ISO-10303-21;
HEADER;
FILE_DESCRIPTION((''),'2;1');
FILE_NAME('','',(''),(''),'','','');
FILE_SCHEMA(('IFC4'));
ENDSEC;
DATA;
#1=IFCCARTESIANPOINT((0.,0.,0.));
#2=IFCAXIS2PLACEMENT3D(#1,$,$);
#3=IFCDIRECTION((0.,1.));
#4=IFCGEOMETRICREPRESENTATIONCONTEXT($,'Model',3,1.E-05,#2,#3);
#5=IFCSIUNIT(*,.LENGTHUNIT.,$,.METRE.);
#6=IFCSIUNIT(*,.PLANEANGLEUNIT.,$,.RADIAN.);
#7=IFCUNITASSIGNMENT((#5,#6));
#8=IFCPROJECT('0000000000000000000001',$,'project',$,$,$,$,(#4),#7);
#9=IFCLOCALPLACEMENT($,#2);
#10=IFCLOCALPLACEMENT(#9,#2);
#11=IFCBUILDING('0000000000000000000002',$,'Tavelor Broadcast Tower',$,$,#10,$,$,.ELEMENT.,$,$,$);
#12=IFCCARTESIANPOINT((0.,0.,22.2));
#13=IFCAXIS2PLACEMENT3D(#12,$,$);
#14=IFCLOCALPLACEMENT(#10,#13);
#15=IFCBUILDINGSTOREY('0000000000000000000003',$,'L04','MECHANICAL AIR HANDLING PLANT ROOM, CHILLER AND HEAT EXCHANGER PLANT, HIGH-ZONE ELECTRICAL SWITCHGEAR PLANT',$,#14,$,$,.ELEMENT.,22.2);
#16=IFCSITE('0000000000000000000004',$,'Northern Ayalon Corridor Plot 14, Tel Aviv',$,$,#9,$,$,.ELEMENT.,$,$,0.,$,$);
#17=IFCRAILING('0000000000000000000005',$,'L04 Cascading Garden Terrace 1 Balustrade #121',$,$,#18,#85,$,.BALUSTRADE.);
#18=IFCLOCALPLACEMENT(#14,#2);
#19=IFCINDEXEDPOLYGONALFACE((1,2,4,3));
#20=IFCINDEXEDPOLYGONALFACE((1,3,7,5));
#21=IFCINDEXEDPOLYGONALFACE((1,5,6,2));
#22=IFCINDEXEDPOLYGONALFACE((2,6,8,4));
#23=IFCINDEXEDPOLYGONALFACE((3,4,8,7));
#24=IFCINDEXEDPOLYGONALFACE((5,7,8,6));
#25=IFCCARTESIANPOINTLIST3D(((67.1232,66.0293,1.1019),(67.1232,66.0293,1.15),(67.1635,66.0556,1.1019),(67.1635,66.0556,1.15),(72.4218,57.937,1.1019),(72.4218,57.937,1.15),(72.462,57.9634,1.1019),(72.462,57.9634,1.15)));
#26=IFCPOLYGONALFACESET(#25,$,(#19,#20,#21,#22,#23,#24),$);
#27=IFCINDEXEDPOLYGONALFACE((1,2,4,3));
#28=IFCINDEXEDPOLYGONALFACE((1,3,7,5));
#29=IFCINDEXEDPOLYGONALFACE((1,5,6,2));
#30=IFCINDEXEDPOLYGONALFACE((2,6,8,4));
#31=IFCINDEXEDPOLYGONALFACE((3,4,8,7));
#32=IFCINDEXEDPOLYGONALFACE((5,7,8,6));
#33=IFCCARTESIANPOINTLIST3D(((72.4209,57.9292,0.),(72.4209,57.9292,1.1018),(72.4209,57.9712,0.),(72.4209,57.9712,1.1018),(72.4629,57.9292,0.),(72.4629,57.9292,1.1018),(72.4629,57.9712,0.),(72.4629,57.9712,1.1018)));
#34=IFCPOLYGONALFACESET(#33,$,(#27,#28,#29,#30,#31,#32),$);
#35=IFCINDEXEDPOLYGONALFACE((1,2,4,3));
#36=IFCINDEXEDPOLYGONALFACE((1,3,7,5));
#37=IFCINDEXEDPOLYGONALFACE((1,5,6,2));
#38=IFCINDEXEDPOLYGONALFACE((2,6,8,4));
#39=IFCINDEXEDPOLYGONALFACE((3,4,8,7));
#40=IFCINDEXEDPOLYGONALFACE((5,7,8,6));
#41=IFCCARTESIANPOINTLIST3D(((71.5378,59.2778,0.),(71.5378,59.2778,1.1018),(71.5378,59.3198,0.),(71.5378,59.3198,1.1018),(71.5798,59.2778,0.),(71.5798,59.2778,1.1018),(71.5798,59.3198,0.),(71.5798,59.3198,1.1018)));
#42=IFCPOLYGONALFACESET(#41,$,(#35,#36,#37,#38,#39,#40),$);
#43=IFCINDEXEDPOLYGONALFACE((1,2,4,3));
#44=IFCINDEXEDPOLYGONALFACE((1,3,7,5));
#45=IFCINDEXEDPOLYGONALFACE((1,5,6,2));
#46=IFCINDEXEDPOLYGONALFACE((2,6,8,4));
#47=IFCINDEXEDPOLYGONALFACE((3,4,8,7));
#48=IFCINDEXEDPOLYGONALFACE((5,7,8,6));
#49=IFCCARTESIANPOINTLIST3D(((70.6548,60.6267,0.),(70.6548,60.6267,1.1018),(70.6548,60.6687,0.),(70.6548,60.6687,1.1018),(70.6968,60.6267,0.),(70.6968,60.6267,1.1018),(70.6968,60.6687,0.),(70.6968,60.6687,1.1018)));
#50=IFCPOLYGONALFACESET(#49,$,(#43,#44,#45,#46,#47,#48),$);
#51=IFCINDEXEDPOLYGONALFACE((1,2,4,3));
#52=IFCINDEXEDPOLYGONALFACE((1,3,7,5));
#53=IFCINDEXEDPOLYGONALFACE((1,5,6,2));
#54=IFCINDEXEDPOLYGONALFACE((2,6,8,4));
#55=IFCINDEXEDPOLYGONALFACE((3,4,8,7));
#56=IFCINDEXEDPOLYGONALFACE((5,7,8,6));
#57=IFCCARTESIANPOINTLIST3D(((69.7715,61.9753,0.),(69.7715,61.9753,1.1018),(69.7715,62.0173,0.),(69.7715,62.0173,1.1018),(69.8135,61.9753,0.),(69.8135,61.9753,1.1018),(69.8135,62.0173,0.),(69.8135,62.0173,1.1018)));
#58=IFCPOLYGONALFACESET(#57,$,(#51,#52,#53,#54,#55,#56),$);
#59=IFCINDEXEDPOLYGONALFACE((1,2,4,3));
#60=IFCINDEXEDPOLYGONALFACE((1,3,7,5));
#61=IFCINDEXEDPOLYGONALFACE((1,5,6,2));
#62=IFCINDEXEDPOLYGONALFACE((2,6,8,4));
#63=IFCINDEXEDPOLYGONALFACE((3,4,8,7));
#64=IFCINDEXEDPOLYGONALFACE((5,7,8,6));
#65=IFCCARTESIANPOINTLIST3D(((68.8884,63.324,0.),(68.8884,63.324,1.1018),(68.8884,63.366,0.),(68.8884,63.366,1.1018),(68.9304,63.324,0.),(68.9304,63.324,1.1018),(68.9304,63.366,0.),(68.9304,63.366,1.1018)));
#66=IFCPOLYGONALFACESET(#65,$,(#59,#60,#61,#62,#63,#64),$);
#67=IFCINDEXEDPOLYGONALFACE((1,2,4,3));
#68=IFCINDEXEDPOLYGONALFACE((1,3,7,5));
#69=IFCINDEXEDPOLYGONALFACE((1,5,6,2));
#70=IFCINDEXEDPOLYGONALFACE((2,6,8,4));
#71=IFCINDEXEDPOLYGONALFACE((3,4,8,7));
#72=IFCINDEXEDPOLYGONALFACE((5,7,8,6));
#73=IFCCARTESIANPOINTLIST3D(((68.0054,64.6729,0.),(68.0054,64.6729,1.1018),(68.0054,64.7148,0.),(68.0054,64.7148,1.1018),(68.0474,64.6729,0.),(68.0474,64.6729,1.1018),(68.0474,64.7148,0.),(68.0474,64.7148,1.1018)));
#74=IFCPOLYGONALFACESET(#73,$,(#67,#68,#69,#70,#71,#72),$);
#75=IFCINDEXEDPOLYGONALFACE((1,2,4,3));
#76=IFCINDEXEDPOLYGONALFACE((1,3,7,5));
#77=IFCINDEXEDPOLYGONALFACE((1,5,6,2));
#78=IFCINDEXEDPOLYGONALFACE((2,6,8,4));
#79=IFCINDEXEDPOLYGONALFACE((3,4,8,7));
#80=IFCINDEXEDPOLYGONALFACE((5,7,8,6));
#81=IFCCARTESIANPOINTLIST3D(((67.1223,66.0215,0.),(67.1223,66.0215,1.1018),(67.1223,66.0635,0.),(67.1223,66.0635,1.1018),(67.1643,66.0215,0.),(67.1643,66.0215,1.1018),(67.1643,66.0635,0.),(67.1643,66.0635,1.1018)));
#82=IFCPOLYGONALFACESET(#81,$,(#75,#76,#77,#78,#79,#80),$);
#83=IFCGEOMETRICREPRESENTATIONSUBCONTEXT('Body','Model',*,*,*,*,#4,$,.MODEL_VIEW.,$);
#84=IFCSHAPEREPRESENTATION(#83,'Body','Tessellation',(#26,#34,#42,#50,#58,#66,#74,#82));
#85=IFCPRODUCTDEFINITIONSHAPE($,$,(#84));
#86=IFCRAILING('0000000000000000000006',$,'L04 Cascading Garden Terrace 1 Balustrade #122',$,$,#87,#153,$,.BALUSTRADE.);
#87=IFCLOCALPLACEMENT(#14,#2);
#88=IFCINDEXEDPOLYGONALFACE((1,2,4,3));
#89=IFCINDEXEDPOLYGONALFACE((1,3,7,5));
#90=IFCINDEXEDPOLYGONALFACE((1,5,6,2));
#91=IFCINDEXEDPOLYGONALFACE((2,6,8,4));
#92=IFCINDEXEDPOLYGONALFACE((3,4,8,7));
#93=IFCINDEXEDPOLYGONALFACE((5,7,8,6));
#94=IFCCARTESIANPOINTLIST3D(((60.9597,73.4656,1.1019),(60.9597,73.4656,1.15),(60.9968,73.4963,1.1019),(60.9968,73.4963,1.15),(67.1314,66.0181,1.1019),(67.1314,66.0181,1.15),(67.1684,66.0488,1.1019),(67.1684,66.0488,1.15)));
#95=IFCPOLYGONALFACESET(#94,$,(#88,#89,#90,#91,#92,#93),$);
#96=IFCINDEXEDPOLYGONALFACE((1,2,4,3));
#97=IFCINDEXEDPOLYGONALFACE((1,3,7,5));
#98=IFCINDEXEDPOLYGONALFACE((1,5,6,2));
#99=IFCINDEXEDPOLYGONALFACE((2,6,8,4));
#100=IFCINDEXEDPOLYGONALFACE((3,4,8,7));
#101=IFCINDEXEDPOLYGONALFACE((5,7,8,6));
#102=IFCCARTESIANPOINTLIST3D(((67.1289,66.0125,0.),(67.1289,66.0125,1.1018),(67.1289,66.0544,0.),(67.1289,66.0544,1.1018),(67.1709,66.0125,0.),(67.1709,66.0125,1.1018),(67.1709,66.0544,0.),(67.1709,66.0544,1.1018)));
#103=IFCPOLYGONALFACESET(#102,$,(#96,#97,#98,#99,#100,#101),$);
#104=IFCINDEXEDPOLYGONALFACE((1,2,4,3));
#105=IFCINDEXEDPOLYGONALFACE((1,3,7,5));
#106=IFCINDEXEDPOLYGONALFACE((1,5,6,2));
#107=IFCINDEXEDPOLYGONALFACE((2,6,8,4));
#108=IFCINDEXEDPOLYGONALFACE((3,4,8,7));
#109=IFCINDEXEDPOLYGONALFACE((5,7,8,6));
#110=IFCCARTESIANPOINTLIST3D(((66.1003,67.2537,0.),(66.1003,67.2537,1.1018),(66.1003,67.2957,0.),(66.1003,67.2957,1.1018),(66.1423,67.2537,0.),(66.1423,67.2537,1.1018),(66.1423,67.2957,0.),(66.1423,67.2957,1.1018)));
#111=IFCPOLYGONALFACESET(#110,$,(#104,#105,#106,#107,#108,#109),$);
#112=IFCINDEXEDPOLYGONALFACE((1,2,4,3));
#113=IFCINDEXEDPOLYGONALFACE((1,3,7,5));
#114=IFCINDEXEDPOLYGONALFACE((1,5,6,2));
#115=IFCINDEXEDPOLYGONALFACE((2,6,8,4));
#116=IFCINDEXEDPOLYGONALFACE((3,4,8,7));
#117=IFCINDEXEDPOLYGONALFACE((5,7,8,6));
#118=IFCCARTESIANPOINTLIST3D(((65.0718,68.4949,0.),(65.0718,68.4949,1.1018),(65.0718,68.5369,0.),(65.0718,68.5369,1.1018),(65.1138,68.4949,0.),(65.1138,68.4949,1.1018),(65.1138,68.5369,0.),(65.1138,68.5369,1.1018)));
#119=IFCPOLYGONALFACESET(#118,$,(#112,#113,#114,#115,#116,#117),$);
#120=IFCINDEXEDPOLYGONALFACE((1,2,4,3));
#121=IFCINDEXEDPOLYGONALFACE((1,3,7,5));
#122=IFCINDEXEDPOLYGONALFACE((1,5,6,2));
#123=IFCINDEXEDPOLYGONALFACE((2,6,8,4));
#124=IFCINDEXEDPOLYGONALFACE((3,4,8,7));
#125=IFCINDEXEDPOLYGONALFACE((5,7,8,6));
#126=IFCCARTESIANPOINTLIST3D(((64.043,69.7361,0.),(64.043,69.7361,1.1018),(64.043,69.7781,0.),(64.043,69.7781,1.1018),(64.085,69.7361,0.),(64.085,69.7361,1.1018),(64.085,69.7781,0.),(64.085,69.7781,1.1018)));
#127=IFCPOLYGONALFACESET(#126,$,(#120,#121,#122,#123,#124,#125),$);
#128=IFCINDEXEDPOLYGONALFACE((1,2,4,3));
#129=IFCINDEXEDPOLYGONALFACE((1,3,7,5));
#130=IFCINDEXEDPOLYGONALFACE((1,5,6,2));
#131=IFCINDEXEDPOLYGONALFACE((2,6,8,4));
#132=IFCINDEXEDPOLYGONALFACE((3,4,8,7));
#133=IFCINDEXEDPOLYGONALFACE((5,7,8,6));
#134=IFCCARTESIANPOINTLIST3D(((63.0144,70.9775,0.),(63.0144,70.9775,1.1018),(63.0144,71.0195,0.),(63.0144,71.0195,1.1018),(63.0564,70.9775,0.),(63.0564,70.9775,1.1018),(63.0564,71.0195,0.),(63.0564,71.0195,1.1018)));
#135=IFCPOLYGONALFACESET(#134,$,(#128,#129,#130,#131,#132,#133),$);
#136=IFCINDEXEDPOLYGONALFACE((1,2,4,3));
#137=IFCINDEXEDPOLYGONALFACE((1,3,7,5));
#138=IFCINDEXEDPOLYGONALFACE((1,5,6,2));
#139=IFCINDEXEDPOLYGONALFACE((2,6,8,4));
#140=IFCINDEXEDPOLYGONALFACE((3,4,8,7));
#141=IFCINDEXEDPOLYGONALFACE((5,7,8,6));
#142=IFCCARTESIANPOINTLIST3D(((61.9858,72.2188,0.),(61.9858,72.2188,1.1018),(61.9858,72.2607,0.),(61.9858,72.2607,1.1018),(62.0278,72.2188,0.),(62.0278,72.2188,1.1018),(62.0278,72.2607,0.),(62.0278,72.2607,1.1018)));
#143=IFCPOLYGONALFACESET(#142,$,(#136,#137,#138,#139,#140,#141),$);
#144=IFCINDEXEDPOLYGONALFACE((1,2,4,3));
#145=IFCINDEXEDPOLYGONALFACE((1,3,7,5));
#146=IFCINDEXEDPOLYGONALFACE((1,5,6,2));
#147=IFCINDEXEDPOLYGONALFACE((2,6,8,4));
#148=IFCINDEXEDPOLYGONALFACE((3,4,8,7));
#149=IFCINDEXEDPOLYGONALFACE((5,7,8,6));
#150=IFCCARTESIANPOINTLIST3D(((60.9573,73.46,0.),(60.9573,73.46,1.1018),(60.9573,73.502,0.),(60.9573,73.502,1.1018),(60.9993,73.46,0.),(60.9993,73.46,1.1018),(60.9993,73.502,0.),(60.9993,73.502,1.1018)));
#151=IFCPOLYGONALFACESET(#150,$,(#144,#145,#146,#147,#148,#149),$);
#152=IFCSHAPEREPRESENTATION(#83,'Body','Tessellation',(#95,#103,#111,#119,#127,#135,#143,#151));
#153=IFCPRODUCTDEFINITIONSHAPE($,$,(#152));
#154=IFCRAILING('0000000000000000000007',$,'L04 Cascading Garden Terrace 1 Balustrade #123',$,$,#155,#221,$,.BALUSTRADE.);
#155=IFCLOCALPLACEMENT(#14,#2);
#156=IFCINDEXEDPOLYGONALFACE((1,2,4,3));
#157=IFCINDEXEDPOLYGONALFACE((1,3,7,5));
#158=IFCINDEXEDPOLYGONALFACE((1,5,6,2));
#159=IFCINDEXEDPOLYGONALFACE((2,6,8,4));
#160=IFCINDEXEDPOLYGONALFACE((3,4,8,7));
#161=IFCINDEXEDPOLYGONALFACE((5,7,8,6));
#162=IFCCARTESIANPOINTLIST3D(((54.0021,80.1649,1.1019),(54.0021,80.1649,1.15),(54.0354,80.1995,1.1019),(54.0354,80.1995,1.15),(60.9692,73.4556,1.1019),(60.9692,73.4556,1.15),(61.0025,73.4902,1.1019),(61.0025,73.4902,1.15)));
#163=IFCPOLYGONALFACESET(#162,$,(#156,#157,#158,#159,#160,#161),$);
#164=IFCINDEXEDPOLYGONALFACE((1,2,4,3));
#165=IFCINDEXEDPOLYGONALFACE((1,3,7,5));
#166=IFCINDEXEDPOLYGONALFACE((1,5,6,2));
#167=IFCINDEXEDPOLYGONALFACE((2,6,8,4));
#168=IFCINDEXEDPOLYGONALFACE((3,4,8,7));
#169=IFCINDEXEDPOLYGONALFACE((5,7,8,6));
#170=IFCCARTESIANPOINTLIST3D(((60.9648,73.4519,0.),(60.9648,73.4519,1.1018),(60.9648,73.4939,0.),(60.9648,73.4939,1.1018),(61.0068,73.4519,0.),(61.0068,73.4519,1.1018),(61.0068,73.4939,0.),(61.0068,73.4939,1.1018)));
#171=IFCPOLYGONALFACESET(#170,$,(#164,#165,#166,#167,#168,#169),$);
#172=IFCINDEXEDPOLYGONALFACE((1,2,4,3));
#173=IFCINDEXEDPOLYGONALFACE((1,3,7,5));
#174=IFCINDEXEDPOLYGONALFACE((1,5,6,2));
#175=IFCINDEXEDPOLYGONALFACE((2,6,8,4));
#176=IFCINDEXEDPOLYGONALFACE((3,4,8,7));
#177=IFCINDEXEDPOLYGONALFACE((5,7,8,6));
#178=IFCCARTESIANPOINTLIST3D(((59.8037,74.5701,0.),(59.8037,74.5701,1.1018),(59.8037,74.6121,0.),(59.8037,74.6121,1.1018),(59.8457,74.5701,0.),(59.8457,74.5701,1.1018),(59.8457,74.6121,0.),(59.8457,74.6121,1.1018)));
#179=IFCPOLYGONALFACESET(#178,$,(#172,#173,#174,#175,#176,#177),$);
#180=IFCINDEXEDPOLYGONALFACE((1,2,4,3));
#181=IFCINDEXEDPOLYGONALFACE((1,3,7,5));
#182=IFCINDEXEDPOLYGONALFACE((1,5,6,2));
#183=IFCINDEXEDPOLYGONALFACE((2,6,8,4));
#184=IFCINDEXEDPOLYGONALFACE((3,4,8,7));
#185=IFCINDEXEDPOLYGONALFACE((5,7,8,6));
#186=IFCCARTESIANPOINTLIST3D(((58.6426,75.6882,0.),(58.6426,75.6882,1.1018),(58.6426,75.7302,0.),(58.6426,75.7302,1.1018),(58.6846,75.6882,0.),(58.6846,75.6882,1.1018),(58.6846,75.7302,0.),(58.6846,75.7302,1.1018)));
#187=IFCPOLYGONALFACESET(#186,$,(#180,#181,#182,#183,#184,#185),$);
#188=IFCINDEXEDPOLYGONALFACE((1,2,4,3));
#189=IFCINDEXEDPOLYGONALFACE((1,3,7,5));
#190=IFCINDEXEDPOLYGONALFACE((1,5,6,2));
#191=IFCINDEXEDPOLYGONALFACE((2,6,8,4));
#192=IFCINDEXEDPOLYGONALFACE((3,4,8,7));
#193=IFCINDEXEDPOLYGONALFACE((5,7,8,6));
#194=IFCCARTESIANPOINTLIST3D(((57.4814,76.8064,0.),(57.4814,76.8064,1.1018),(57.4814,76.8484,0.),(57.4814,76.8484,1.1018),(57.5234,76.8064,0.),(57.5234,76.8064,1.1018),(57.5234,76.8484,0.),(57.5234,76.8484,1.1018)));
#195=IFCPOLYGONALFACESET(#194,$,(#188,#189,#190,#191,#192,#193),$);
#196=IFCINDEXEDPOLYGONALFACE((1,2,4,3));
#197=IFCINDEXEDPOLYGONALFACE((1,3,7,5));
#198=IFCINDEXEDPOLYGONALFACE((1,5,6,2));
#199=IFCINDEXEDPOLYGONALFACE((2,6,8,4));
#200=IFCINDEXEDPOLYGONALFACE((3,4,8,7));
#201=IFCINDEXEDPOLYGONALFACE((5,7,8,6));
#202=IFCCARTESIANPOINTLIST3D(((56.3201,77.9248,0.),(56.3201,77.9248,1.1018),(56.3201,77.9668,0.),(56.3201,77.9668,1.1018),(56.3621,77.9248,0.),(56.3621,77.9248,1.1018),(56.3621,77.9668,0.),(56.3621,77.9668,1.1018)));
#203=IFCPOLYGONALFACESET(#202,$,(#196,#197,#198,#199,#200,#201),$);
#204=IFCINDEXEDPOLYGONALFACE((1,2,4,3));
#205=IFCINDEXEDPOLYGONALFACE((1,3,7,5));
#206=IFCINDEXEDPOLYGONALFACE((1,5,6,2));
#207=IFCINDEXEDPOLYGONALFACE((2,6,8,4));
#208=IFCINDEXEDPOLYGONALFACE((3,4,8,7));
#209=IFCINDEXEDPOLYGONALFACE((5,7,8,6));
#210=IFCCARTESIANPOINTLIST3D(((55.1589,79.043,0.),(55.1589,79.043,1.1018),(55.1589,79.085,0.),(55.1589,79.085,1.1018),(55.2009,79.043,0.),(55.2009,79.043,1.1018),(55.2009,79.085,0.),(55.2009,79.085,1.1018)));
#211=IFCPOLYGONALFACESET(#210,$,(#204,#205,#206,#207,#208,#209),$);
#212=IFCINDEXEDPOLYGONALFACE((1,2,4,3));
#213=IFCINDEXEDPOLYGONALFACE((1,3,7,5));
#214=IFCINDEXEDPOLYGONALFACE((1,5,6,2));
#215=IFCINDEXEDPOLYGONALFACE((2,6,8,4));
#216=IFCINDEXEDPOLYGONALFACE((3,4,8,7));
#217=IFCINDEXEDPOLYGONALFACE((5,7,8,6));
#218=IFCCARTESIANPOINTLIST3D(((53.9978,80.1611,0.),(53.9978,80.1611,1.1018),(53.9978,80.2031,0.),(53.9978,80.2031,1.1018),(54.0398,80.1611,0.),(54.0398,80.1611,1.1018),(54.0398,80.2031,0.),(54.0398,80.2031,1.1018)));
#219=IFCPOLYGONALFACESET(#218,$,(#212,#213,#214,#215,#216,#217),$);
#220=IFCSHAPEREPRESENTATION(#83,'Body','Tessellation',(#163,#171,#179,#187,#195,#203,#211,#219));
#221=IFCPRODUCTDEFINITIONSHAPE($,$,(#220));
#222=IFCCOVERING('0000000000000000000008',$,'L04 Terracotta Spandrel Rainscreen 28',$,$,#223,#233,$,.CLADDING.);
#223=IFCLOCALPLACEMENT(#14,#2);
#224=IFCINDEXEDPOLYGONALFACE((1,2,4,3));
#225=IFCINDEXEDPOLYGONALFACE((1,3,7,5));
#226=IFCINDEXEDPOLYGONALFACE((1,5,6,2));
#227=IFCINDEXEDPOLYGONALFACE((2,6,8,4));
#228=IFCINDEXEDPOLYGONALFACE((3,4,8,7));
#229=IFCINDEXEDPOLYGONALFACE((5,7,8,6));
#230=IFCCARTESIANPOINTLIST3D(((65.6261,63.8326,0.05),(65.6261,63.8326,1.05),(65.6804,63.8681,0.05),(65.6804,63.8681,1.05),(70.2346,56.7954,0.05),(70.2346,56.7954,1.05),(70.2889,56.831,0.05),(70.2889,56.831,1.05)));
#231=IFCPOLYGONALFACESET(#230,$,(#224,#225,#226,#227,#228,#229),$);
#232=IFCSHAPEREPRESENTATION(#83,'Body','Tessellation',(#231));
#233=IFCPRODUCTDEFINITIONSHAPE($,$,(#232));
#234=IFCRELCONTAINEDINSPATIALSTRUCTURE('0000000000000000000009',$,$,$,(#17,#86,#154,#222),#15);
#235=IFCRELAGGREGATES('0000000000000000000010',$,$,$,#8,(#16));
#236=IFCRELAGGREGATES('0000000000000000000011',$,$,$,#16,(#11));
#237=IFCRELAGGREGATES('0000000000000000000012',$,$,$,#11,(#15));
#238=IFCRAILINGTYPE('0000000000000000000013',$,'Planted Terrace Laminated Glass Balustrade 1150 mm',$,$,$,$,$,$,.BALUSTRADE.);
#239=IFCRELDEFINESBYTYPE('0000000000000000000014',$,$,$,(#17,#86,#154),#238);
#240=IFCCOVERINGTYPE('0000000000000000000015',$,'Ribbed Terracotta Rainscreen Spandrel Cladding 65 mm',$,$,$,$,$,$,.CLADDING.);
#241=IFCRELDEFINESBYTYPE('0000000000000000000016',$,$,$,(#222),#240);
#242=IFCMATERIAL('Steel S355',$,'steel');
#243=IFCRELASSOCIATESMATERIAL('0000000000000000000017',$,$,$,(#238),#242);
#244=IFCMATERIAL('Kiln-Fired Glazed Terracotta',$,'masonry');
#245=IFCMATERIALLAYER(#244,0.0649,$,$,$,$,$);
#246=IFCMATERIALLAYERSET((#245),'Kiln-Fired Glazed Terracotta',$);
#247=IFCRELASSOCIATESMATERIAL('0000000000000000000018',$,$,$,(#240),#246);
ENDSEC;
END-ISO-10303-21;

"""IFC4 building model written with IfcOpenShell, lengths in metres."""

from ifc_helpers import new_model, si_unit, direction, frame, origin, origin_2d, place, context, subcontext, project, spatial, rectangle, extrude, material, layer, layer_set, type_object, element, save


model = new_model("IFC4")

# Units and contexts
model_context = context("Model", 3, precision=1e-05, world=origin(), true_north=direction((0.0, 1.0)))
body_context = subcontext(model_context, "Body", "Model", "MODEL_VIEW")
ifc_project = project(units=[si_unit("LENGTHUNIT", "METRE"), si_unit("PLANEANGLEUNIT", "RADIAN")], contexts=[model_context])

# Site, building, storey
site_placement = place(None, origin())
site = spatial("IfcSite", under=ifc_project, at=site_placement, Name="Northern Ayalon Corridor Plot 14, Tel Aviv", CompositionType="ELEMENT", RefElevation=0.0)
building_placement = place(site_placement, origin())
building = spatial("IfcBuilding", under=site, at=building_placement, Name="Tavelor Broadcast Tower", CompositionType="ELEMENT")
storey_placement = place(building_placement, frame((0.0, 0.0, 22.2)))
storey = spatial("IfcBuildingStorey", under=building, at=storey_placement, Name="L04", Description="MECHANICAL AIR HANDLING PLANT ROOM, CHILLER AND HEAT EXCHANGER PLANT, HIGH-ZONE ELECTRICAL SWITCHGEAR PLANT", CompositionType="ELEMENT", Elevation=22.2)

# Railings
ifc_material_1 = material(Name="Steel S355", Category="steel")
railing_type = type_object("IfcRailingType", Name="Planted Terrace Laminated Glass Balustrade 1150 mm", PredefinedType="BALUSTRADE", material=ifc_material_1)
railing_1_placement = place(storey_placement, frame((72.4419, 57.9502, 0.0)))
element("IfcRailing", 1, at=railing_1_placement, inside=storey, type_object=railing_type, Name="L04 Cascading Garden Terrace 1 Balustrade #121", PredefinedType="BALUSTRADE", context=body_context, shape_type="SweptSolid", body=[
    extrude(rectangle(XDim=0.0481, YDim=0.0481, at=origin_2d()), frame((0.0, 0.0, 1.126), z_axis=(-0.547791, 0.836615, 0.0), x_axis=(-0.836615, -0.547791, 0.0)), (0.0, 0.0, 1.0), 9.6726),
    extrude(rectangle(XDim=0.042, YDim=0.042, at=origin_2d()), origin(), (0.0, 0.0, 1.0), 1.1018),
    extrude(rectangle(XDim=0.042, YDim=0.042, at=origin_2d()), frame((-0.8831, 1.3486, 0.0)), (0.0, 0.0, 1.0), 1.1018),
    extrude(rectangle(XDim=0.042, YDim=0.042, at=origin_2d()), frame((-1.7661, 2.6975, 0.0)), (0.0, 0.0, 1.0), 1.1018),
    extrude(rectangle(XDim=0.042, YDim=0.042, at=origin_2d()), frame((-2.6494, 4.0461, 0.0)), (0.0, 0.0, 1.0), 1.1018),
    extrude(rectangle(XDim=0.042, YDim=0.042, at=origin_2d()), frame((-3.5325, 5.3948, 0.0)), (0.0, 0.0, 1.0), 1.1018),
    extrude(rectangle(XDim=0.042, YDim=0.042, at=origin_2d()), frame((-4.4155, 6.7437, 0.0)), (0.0, 0.0, 1.0), 1.1018),
    extrude(rectangle(XDim=0.042, YDim=0.042, at=origin_2d()), frame((-5.2986, 8.0923, 0.0)), (0.0, 0.0, 1.0), 1.1018),
])
railing_2_placement = place(storey_placement, frame((67.1499, 66.0334, 0.0)))
element("IfcRailing", 2, at=railing_2_placement, inside=storey, type_object=railing_type, Name="L04 Cascading Garden Terrace 1 Balustrade #122", PredefinedType="BALUSTRADE", context=body_context, shape_type="SweptSolid", body=[
    extrude(rectangle(XDim=0.0481, YDim=0.0481, at=origin_2d()), frame((0.0, 0.0, 1.126), z_axis=(-0.638069, 0.769979, 0.0), x_axis=(-0.769979, -0.638069, 0.0)), (0.0, 0.0, 1.0), 9.6724),
    extrude(rectangle(XDim=0.042, YDim=0.042, at=origin_2d()), origin(), (0.0, 0.0, 1.0), 1.1018),
    extrude(rectangle(XDim=0.042, YDim=0.042, at=origin_2d()), frame((-1.0286, 1.2412, 0.0)), (0.0, 0.0, 1.0), 1.1018),
    extrude(rectangle(XDim=0.042, YDim=0.042, at=origin_2d()), frame((-2.0571, 2.4824, 0.0)), (0.0, 0.0, 1.0), 1.1018),
    extrude(rectangle(XDim=0.042, YDim=0.042, at=origin_2d()), frame((-3.0859, 3.7236, 0.0)), (0.0, 0.0, 1.0), 1.1018),
    extrude(rectangle(XDim=0.042, YDim=0.042, at=origin_2d()), frame((-4.1145, 4.9651, 0.0)), (0.0, 0.0, 1.0), 1.1018),
    extrude(rectangle(XDim=0.042, YDim=0.042, at=origin_2d()), frame((-5.1431, 6.2063, 0.0)), (0.0, 0.0, 1.0), 1.1018),
    extrude(rectangle(XDim=0.042, YDim=0.042, at=origin_2d()), frame((-6.1716, 7.4475, 0.0)), (0.0, 0.0, 1.0), 1.1018),
])
railing_3_placement = place(storey_placement, frame((60.9858, 73.4729, 0.0)))
element("IfcRailing", 3, at=railing_3_placement, inside=storey, type_object=railing_type, Name="L04 Cascading Garden Terrace 1 Balustrade #123", PredefinedType="BALUSTRADE", context=body_context, shape_type="SweptSolid", body=[
    extrude(rectangle(XDim=0.0481, YDim=0.0481, at=origin_2d()), frame((0.0, 0.0, 1.126), z_axis=(-0.720309, 0.693654, 0.0), x_axis=(-0.693654, -0.720309, 0.0)), (0.0, 0.0, 1.0), 9.6724),
    extrude(rectangle(XDim=0.042, YDim=0.042, at=origin_2d()), origin(), (0.0, 0.0, 1.0), 1.1018),
    extrude(rectangle(XDim=0.042, YDim=0.042, at=origin_2d()), frame((-1.1611, 1.1182, 0.0)), (0.0, 0.0, 1.0), 1.1018),
    extrude(rectangle(XDim=0.042, YDim=0.042, at=origin_2d()), frame((-2.3223, 2.2363, 0.0)), (0.0, 0.0, 1.0), 1.1018),
    extrude(rectangle(XDim=0.042, YDim=0.042, at=origin_2d()), frame((-3.4834, 3.3545, 0.0)), (0.0, 0.0, 1.0), 1.1018),
    extrude(rectangle(XDim=0.042, YDim=0.042, at=origin_2d()), frame((-4.6448, 4.4729, 0.0)), (0.0, 0.0, 1.0), 1.1018),
    extrude(rectangle(XDim=0.042, YDim=0.042, at=origin_2d()), frame((-5.8059, 5.5911, 0.0)), (0.0, 0.0, 1.0), 1.1018),
    extrude(rectangle(XDim=0.042, YDim=0.042, at=origin_2d()), frame((-6.967, 6.7092, 0.0)), (0.0, 0.0, 1.0), 1.1018),
])

# Covering
ifc_material_2 = material(Name="Kiln-Fired Glazed Terracotta", Category="masonry")
ifc_layer_1 = layer(ifc_material_2, 0.0649)
ifc_layer_set_1 = layer_set([ifc_layer_1], Name="Kiln-Fired Glazed Terracotta")
covering_type = type_object("IfcCoveringType", Name="Ribbed Terracotta Rainscreen Spandrel Cladding 65 mm", PredefinedType="CLADDING", material=ifc_layer_set_1)
for number, where, z_axis, x_axis, name in (
    (4, (67.9575, 60.3318, 0.05), (0.0, 0.0, 1.0), (-0.547855, 0.836573, 0.0), "L04 Terracotta Spandrel Rainscreen 28"),
):
    element("IfcCovering", number, at=place(storey_placement, frame(where, z_axis=z_axis, x_axis=x_axis)), inside=storey, type_object=covering_type, Name=name, PredefinedType="CLADDING", context=body_context, shape_type="SweptSolid", body=[
        extrude(rectangle(XDim=8.4119, YDim=0.0649, at=origin_2d()), origin(), (0.0, 0.0, 1.0), 1.0),
    ])

save(model, "model.ifc")
